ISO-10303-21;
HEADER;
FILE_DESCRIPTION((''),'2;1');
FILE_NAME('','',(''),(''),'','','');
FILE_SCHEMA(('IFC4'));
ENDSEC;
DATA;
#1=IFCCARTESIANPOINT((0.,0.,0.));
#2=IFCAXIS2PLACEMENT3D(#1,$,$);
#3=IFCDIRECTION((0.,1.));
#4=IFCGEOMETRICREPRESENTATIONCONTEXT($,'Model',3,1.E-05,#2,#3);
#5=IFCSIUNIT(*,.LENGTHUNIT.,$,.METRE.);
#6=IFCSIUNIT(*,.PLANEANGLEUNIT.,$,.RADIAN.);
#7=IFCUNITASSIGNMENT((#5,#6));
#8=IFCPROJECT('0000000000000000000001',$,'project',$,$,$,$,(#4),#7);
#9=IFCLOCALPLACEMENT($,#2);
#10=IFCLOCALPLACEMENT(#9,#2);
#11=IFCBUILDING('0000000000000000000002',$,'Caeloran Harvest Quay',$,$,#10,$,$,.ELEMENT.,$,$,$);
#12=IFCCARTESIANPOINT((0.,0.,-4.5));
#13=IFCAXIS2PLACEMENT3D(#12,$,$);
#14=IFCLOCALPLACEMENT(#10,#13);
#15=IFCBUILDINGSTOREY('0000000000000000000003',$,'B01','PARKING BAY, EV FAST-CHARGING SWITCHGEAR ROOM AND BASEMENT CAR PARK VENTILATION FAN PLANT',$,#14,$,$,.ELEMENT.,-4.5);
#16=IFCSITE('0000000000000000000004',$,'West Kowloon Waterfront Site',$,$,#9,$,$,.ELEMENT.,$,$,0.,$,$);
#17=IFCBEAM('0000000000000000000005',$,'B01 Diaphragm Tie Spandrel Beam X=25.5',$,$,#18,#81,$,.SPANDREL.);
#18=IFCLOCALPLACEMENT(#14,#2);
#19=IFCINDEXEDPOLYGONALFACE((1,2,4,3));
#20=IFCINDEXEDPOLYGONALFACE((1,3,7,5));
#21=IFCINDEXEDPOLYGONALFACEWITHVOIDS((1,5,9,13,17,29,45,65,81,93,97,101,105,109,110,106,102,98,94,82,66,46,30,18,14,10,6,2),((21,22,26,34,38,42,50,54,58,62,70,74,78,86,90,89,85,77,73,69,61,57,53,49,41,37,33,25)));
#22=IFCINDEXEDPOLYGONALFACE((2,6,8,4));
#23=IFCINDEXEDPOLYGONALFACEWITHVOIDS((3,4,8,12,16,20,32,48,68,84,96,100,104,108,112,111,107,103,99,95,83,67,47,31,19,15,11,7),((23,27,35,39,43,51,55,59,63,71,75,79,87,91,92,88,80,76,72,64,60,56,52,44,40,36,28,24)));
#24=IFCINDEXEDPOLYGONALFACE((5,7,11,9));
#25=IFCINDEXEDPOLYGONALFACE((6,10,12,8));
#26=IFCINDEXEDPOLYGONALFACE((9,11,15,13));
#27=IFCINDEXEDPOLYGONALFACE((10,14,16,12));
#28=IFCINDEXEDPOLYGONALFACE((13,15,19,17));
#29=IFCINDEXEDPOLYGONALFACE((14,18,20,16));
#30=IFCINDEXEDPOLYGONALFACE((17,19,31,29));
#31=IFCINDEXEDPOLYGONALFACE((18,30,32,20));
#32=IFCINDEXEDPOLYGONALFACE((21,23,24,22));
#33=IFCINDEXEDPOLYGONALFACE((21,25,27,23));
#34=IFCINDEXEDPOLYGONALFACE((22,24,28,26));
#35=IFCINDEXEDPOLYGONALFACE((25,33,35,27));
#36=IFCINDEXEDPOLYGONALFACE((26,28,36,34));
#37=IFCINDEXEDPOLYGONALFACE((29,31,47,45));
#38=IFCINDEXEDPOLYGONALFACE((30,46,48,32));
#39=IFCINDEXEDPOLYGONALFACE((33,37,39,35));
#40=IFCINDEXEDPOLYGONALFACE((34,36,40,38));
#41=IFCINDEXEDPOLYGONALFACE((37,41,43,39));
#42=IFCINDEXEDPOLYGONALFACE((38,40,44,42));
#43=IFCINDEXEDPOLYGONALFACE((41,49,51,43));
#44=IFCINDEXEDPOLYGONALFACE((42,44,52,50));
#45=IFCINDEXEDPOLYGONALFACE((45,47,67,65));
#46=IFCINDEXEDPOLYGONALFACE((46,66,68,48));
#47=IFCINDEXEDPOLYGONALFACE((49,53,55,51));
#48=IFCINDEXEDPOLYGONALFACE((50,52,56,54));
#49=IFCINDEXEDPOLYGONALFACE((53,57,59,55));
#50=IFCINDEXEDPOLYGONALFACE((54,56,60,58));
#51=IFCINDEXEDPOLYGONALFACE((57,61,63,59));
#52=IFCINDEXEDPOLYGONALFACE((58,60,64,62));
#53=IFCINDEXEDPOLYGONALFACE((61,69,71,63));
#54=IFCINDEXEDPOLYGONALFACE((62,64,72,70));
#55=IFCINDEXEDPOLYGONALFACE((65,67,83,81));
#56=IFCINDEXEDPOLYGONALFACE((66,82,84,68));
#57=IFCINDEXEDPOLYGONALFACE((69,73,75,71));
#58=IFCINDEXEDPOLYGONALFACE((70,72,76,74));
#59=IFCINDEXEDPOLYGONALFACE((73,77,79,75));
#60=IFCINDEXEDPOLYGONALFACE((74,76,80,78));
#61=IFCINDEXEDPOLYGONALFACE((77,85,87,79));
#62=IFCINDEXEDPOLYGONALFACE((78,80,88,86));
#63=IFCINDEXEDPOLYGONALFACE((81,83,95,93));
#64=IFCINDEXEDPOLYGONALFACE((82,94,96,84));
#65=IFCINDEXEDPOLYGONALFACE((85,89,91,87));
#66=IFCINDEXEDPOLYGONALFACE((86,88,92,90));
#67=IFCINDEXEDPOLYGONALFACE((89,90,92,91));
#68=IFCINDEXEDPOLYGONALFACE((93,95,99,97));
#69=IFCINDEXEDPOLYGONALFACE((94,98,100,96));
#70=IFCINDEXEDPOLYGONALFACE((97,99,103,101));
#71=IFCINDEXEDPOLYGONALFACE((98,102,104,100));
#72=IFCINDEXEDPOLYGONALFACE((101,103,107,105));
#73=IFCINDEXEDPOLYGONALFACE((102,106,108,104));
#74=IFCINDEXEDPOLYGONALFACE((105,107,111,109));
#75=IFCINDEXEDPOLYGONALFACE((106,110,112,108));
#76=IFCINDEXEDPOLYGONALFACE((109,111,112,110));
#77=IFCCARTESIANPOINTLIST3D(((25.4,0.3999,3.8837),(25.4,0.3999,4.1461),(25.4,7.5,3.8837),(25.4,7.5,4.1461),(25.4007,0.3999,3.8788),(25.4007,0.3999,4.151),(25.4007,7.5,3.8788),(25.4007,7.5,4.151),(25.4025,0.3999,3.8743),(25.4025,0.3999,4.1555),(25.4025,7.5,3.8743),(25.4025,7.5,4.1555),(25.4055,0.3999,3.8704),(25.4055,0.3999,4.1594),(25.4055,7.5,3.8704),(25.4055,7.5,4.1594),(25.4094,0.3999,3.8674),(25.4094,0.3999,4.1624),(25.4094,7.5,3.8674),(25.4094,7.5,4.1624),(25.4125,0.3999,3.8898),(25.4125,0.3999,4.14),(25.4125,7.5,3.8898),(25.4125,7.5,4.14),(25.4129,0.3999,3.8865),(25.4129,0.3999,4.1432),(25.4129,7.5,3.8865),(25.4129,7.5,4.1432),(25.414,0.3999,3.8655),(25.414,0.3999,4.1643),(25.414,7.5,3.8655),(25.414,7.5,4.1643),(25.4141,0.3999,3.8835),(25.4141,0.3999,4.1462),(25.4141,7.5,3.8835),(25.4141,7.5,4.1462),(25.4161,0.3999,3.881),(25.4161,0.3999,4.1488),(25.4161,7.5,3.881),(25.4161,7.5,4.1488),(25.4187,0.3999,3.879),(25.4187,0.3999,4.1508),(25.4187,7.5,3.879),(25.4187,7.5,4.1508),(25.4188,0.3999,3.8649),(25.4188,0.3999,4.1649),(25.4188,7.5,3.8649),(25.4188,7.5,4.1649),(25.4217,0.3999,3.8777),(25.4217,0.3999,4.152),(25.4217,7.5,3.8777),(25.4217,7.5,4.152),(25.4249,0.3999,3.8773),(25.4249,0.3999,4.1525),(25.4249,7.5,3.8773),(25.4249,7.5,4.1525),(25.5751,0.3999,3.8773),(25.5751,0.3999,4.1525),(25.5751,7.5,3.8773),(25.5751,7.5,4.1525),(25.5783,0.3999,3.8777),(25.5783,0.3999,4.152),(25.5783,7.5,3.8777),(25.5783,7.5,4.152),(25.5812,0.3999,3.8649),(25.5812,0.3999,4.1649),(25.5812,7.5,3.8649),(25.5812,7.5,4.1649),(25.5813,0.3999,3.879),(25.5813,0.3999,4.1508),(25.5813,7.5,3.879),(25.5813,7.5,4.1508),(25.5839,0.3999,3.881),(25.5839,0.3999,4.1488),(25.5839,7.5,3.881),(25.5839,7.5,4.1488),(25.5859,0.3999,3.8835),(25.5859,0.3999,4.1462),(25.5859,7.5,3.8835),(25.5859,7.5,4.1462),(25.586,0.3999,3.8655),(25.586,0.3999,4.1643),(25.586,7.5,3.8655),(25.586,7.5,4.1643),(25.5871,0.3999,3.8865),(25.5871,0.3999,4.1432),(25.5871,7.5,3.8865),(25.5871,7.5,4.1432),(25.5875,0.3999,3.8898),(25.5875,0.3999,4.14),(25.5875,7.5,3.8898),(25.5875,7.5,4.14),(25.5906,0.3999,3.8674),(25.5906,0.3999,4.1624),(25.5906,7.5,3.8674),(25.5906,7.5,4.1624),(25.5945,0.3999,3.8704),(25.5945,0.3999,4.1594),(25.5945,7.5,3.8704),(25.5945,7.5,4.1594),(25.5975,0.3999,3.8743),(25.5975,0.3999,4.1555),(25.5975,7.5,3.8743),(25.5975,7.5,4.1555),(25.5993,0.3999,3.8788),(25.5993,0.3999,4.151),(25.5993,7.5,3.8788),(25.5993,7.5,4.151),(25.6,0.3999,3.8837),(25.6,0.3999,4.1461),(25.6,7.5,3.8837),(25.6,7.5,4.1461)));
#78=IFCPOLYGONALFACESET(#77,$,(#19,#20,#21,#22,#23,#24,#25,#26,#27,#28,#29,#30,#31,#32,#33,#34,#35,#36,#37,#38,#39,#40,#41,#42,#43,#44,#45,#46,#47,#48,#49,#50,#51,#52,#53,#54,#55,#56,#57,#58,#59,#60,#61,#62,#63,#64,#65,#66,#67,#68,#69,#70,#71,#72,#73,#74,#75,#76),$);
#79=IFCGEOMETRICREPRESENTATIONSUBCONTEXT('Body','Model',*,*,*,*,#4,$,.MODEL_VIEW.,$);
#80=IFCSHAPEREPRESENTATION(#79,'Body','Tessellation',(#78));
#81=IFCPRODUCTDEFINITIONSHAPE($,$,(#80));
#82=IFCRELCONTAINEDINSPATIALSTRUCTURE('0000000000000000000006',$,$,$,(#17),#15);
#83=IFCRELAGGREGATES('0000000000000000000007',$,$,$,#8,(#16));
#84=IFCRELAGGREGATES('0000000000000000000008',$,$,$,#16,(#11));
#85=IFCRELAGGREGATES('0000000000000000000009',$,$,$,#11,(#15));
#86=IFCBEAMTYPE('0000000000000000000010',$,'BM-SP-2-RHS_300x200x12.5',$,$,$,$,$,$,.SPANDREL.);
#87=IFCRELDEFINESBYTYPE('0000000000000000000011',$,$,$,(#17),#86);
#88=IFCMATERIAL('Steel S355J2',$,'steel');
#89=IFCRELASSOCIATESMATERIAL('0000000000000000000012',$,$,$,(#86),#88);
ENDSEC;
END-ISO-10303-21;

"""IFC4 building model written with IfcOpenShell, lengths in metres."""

from ifc_helpers import new_model, si_unit, direction, frame, origin, origin_2d, place, context, subcontext, project, spatial, hollow_rectangle, extrude, material, material_profile, profile_set, type_object, element, save


model = new_model("IFC4")

# Units and contexts
model_context = context("Model", 3, precision=1e-05, world=origin(), true_north=direction((0.0, 1.0)))
body_context = subcontext(model_context, "Body", "Model", "MODEL_VIEW")
ifc_project = project(units=[si_unit("LENGTHUNIT", "METRE"), si_unit("PLANEANGLEUNIT", "RADIAN")], contexts=[model_context])

# Site, building, storey
site_placement = place(None, origin())
site = spatial("IfcSite", under=ifc_project, at=site_placement, Name="West Kowloon Waterfront Site", CompositionType="ELEMENT", RefElevation=0.0)
building_placement = place(site_placement, origin())
building = spatial("IfcBuilding", under=site, at=building_placement, Name="Caeloran Harvest Quay", CompositionType="ELEMENT")
storey_placement = place(building_placement, frame((0.0, 0.0, -4.5)))
storey = spatial("IfcBuildingStorey", under=building, at=storey_placement, Name="B01", Description="PARKING BAY, EV FAST-CHARGING SWITCHGEAR ROOM AND BASEMENT CAR PARK VENTILATION FAN PLANT", CompositionType="ELEMENT", Elevation=-4.5)

# Beam
ifc_material_1 = material(Name="Steel S355J2", Category="steel")
ifc_material_profile_1 = material_profile(ifc_material_1, hollow_rectangle(XDim=0.2, YDim=0.3, WallThickness=0.0125, InnerFilletRadius=0.0125, OuterFilletRadius=0.0188, at=origin_2d()), Name="RHS 300x200x12.5")
ifc_profile_set_1 = profile_set([ifc_material_profile_1], Name="Steel S355J2")
beam_type_1 = type_object("IfcBeamType", Name="BM-SP-2-RHS_300x200x12.5", PredefinedType="SPANDREL", material=ifc_profile_set_1)
for number, where, z_axis, x_axis, name in (
    (1, (25.5, 0.3999, 4.0149), (0.0, 1.0, 0.0), (-1.0, 0.0, 0.0), "B01 Diaphragm Tie Spandrel Beam X=25.5"),
):
    element("IfcBeam", number, at=place(storey_placement, frame(where, z_axis=z_axis, x_axis=x_axis)), inside=storey, type_object=beam_type_1, Name=name, PredefinedType="SPANDREL", context=body_context, shape_type="SweptSolid", body=[
        extrude(hollow_rectangle(XDim=0.2, YDim=0.3, WallThickness=0.0125, InnerFilletRadius=0.0125, OuterFilletRadius=0.0188, at=origin_2d()), origin(), (0.0, 0.0, 1.0), 7.1001),
    ])

save(model, "model.ifc")
